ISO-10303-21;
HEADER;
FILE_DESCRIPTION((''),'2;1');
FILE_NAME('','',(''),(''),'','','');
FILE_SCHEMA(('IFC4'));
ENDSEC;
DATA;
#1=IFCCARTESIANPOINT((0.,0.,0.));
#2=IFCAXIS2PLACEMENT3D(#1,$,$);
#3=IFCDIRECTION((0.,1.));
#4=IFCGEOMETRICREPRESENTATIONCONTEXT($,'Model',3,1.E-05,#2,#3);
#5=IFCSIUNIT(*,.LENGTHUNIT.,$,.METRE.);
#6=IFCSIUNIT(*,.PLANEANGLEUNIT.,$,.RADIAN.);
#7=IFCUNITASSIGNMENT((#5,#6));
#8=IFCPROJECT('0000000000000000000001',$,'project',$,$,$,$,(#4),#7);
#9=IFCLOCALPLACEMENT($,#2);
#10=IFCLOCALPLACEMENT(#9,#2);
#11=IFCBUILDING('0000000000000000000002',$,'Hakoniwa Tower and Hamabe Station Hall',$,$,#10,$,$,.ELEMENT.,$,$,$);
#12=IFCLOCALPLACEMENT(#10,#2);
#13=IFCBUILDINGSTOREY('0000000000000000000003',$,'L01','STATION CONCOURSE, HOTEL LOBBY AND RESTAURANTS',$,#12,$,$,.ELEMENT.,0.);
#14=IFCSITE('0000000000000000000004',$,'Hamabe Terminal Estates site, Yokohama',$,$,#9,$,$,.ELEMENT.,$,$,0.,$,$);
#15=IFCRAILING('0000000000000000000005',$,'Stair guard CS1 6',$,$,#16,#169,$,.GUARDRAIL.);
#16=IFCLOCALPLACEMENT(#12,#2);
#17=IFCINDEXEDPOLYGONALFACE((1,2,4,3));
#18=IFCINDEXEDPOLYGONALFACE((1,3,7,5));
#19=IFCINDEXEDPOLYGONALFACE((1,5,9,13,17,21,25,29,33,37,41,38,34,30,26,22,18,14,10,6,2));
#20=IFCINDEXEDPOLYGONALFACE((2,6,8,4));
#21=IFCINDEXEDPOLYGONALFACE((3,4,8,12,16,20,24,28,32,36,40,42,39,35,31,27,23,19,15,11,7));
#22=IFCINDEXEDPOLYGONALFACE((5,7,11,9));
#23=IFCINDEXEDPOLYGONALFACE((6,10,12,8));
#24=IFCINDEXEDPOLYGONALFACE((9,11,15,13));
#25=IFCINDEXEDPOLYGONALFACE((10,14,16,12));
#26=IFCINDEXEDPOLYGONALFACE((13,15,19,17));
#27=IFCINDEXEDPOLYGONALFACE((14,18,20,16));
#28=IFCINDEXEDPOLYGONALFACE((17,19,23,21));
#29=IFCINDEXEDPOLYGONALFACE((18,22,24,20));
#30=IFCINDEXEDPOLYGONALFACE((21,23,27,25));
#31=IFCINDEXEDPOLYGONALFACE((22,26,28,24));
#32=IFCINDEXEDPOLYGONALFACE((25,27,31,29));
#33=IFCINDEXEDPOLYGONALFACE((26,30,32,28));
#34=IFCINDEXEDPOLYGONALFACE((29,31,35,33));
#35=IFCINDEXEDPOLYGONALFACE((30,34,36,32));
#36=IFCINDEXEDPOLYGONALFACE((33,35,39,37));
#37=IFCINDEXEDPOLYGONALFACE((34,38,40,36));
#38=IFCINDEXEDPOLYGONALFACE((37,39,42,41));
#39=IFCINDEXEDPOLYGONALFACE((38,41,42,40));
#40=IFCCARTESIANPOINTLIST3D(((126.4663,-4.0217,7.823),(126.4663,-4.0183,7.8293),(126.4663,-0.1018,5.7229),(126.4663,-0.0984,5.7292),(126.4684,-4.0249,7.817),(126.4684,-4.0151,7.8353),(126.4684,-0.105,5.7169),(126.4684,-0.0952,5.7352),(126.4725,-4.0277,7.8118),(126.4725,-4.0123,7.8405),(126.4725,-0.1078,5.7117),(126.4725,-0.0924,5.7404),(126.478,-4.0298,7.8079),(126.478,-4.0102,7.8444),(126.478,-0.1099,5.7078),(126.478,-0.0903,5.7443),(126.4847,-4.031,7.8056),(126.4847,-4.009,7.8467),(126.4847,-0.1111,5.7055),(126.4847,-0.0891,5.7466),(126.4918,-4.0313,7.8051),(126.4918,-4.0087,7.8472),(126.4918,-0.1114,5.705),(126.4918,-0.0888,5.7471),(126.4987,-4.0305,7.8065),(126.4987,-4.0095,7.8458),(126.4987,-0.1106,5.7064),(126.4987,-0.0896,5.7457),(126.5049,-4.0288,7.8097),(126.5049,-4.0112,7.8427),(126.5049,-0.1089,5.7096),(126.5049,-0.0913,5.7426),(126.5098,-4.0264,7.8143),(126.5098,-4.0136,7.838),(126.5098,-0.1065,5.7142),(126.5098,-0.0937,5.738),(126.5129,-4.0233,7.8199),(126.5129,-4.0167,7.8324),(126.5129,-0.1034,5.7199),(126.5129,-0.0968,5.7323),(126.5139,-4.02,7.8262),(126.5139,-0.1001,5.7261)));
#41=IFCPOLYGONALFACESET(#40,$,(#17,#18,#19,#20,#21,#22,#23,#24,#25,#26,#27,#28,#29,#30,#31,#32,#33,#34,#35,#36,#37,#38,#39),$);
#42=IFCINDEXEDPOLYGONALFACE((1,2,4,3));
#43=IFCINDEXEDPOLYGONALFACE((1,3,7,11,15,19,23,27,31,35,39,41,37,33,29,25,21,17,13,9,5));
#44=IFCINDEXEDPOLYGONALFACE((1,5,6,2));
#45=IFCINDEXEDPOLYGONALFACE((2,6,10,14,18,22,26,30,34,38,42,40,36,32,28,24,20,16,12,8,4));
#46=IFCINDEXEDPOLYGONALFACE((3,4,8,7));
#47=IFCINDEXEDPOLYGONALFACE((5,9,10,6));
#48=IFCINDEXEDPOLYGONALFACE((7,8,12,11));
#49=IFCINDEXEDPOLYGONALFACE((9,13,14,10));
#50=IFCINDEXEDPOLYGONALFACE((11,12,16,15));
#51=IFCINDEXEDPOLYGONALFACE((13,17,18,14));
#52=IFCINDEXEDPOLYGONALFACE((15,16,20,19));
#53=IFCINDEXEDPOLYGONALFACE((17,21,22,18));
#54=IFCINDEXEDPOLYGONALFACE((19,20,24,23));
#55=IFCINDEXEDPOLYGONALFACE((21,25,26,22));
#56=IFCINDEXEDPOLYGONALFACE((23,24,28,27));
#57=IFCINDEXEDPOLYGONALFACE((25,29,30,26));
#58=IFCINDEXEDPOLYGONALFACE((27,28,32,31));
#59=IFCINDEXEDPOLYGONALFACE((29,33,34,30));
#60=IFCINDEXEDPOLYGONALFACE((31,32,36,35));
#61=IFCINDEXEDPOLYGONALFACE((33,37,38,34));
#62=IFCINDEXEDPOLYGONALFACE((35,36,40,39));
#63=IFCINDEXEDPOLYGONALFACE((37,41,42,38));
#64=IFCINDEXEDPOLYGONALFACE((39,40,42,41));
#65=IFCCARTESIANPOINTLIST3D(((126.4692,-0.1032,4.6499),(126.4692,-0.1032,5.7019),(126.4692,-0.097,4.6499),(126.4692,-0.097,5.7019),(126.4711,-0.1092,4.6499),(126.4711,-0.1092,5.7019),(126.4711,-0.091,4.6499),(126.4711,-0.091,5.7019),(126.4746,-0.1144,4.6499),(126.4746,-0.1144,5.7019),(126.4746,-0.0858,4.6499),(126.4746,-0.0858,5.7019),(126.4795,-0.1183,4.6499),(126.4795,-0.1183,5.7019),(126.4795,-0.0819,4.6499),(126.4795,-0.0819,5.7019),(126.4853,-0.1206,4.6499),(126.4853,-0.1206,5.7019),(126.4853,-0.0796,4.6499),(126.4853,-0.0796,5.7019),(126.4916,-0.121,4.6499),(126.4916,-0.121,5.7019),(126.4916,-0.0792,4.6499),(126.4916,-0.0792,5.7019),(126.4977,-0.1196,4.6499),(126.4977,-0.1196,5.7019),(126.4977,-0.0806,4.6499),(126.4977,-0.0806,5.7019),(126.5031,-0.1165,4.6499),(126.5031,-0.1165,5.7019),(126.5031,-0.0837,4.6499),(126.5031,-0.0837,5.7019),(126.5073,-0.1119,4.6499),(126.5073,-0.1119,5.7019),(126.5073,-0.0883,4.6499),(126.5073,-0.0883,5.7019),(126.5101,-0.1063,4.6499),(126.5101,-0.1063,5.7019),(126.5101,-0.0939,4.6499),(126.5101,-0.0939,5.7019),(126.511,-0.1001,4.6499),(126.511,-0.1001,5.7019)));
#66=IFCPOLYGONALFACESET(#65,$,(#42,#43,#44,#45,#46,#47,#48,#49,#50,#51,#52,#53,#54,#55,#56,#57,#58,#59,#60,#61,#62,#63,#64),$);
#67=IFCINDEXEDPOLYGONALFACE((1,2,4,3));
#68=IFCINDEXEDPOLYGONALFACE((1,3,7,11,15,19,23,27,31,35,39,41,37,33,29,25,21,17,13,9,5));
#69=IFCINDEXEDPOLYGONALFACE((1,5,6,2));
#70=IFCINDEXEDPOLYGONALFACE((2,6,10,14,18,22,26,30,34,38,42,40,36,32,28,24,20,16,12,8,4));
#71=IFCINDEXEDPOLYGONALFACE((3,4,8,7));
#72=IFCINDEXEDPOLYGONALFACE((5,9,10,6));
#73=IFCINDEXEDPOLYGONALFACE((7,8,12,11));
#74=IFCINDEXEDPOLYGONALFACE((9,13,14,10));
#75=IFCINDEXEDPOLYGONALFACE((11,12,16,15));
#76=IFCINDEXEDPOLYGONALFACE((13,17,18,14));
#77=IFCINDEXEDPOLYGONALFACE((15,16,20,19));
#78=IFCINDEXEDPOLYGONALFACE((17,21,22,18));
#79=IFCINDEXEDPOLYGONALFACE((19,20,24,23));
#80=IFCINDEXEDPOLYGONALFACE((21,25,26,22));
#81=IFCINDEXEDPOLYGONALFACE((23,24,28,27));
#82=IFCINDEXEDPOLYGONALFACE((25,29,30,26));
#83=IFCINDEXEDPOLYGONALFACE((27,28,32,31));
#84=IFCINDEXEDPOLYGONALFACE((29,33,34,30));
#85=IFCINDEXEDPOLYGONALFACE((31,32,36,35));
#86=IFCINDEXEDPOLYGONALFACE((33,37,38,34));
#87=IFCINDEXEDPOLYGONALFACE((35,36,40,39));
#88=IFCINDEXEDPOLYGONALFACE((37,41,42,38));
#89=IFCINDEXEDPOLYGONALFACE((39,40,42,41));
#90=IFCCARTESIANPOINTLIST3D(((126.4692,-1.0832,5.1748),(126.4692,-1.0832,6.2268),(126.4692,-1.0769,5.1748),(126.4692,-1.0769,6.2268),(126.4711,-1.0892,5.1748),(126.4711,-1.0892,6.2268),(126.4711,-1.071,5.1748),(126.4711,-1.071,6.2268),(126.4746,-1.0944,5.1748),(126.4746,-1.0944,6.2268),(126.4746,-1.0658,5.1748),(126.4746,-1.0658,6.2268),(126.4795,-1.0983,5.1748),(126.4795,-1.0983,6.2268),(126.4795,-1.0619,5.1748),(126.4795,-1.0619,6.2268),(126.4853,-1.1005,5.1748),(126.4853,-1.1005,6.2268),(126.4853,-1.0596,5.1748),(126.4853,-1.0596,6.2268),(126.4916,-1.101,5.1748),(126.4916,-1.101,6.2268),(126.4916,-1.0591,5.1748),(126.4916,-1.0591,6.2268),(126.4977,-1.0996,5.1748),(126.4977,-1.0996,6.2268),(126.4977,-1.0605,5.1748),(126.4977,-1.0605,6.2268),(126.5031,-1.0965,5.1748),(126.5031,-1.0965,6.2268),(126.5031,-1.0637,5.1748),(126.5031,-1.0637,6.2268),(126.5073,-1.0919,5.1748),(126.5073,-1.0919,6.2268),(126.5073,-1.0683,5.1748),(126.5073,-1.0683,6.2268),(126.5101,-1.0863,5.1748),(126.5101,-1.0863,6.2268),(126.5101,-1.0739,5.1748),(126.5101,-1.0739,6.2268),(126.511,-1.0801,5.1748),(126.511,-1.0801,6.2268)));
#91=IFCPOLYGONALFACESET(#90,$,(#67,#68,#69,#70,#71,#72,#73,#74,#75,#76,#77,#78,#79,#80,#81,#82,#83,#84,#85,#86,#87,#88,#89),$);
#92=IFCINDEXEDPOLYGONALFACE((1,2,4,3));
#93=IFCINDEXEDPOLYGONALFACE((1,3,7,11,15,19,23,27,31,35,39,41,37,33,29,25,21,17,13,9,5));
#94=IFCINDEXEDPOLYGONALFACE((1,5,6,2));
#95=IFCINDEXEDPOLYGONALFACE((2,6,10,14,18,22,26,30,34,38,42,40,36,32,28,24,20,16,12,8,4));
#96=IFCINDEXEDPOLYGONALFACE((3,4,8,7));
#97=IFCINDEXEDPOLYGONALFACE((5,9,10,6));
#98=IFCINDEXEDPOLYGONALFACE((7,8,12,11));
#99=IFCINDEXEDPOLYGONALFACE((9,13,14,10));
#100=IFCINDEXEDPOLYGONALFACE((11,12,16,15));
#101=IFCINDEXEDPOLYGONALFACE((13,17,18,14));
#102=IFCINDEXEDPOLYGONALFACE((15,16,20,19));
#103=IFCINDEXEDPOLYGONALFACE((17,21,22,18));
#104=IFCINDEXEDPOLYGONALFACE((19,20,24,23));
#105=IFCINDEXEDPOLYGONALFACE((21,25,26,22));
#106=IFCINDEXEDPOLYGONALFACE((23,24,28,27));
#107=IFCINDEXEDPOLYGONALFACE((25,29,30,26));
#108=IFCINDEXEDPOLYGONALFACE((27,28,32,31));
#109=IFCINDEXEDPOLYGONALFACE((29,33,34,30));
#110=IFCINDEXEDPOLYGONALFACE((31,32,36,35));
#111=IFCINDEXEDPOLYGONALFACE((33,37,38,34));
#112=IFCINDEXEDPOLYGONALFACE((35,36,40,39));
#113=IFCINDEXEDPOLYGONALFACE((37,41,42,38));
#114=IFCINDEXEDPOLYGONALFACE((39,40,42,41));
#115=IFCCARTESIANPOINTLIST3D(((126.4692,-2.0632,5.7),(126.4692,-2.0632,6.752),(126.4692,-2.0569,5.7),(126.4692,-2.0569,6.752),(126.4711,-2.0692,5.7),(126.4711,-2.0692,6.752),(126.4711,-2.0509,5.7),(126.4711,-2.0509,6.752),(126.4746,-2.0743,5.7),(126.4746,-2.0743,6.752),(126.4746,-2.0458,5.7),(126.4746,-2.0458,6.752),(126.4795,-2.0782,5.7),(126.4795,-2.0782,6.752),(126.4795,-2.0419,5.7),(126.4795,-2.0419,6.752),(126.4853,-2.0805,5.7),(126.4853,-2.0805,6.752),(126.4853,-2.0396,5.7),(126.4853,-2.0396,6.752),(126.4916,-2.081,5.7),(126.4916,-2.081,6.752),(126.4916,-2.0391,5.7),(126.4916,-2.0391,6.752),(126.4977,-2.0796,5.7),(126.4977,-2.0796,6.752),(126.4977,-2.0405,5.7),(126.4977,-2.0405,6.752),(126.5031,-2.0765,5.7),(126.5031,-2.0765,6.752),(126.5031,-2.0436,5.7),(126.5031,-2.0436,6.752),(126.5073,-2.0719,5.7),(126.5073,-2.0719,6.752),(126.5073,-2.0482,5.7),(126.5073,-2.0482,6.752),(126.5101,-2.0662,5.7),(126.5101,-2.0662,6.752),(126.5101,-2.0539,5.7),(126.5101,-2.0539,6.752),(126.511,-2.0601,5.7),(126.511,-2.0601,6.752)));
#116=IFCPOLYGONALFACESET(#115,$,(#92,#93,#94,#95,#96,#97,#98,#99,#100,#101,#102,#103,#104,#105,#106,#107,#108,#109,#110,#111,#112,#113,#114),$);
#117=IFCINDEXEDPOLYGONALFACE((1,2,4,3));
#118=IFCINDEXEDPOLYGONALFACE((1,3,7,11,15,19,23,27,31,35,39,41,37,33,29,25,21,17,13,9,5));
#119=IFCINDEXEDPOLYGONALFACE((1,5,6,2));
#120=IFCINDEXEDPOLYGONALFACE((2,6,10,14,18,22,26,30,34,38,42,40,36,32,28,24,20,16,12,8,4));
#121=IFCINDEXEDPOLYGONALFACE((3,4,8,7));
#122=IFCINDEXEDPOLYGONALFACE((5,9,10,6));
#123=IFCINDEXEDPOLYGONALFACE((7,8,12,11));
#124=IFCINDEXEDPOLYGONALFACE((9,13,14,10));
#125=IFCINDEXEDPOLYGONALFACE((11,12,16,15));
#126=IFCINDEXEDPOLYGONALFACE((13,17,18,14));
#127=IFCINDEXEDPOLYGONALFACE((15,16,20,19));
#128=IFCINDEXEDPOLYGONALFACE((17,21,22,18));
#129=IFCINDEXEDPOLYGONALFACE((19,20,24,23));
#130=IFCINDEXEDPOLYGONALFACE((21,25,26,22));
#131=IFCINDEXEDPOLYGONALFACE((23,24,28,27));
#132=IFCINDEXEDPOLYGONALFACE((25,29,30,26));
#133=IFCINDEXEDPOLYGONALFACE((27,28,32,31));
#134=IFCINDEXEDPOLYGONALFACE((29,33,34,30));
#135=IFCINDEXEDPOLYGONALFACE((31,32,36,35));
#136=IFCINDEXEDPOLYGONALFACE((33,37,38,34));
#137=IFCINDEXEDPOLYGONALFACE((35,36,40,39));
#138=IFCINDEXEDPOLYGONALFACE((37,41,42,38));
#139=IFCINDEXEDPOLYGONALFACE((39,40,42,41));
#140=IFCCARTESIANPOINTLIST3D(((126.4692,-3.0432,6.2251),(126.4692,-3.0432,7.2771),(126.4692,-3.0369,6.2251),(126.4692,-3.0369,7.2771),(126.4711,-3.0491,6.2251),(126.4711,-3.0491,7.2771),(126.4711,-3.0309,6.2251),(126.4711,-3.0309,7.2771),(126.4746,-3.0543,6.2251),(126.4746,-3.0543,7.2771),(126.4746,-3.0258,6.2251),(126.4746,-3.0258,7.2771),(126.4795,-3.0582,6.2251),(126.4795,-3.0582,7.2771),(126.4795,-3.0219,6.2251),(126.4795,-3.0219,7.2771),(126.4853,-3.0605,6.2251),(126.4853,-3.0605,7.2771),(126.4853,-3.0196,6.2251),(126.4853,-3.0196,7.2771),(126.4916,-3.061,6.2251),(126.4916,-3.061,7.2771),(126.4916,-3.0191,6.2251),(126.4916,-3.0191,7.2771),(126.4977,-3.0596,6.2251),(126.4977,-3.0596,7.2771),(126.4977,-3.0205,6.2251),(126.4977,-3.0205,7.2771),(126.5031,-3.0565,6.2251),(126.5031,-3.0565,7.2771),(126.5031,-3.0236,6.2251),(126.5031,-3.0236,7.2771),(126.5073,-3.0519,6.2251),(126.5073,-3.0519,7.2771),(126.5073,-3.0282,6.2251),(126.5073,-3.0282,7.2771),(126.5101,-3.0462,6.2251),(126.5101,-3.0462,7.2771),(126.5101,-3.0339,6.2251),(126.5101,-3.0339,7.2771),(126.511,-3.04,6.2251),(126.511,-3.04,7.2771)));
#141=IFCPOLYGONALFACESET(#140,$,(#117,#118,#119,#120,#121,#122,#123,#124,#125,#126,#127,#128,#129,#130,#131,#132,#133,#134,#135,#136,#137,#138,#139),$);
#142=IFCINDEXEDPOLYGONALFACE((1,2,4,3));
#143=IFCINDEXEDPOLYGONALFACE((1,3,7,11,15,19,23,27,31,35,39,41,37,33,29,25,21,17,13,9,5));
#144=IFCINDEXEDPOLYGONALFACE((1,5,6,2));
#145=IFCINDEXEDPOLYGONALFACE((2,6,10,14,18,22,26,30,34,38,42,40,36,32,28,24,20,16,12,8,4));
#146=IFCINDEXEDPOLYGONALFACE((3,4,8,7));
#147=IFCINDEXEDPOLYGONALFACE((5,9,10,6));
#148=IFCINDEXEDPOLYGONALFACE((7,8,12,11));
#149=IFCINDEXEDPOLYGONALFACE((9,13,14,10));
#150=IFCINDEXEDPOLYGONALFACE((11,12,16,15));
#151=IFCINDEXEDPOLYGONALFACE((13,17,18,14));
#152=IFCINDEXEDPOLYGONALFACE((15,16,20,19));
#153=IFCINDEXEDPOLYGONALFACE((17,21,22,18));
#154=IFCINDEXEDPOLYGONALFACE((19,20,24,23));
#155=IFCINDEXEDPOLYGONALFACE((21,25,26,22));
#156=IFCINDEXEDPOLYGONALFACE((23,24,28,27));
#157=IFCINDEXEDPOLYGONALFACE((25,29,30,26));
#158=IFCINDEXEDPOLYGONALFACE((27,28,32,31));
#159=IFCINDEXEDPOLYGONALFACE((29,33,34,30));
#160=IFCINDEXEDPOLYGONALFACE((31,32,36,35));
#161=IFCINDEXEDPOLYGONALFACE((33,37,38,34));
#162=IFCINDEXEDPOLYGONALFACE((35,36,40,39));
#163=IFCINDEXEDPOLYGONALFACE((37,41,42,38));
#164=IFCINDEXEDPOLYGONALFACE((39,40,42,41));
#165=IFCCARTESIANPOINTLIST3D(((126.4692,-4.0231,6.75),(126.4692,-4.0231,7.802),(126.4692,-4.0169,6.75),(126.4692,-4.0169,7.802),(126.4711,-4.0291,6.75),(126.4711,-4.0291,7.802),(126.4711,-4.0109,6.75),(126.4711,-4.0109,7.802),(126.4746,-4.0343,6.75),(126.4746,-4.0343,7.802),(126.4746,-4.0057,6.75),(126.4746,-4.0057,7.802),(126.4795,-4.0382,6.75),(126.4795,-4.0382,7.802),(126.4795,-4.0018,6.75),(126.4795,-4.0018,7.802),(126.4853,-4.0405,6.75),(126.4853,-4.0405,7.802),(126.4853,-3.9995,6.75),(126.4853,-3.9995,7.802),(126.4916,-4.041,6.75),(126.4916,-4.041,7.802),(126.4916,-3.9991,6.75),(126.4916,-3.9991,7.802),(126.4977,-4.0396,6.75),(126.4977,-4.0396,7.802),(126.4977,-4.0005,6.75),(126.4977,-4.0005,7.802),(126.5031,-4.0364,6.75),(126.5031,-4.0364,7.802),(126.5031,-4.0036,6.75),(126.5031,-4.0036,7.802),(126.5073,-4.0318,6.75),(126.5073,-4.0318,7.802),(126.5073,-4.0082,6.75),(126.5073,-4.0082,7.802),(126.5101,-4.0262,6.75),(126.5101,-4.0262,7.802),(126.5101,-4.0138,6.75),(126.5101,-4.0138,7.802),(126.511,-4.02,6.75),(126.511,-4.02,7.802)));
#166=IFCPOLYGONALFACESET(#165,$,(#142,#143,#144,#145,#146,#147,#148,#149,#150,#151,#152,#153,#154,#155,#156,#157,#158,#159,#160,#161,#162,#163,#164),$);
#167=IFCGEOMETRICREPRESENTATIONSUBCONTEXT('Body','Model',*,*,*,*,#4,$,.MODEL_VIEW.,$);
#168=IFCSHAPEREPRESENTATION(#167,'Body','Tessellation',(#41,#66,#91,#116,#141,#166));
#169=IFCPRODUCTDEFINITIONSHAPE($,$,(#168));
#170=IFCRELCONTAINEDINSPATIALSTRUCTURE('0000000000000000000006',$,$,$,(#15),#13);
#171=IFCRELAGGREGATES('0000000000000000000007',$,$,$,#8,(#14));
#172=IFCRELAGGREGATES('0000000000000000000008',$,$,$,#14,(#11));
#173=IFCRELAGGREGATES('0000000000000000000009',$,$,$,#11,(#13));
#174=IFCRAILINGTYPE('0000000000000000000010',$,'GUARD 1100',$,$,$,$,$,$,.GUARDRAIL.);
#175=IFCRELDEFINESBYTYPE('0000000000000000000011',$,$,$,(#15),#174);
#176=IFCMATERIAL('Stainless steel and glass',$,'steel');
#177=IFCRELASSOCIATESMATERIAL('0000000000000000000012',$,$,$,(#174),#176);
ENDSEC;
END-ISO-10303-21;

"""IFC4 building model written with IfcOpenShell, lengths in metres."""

from ifc_helpers import new_model, si_unit, direction, frame, origin, origin_2d, place, context, subcontext, project, spatial, circle, extrude, material, type_object, element, save


model = new_model("IFC4")

# Units and contexts
model_context = context("Model", 3, precision=1e-05, world=origin(), true_north=direction((0.0, 1.0)))
body_context = subcontext(model_context, "Body", "Model", "MODEL_VIEW")
ifc_project = project(units=[si_unit("LENGTHUNIT", "METRE"), si_unit("PLANEANGLEUNIT", "RADIAN")], contexts=[model_context])

# Site, building, storey
site_placement = place(None, origin())
site = spatial("IfcSite", under=ifc_project, at=site_placement, Name="Hamabe Terminal Estates site, Yokohama", CompositionType="ELEMENT", RefElevation=0.0)
building_placement = place(site_placement, origin())
building = spatial("IfcBuilding", under=site, at=building_placement, Name="Hakoniwa Tower and Hamabe Station Hall", CompositionType="ELEMENT")
storey_placement = place(building_placement, origin())
storey = spatial("IfcBuildingStorey", under=building, at=storey_placement, Name="L01", Description="STATION CONCOURSE, HOTEL LOBBY AND RESTAURANTS", CompositionType="ELEMENT", Elevation=0.0)

# Railing
ifc_material_1 = material(Name="Stainless steel and glass", Category="steel")
railing_type_1 = type_object("IfcRailingType", Name="GUARD 1100", PredefinedType="GUARDRAIL", material=ifc_material_1)
for number, where, name in (
    (1, (126.49, -0.1001, 4.6499), "Stair guard CS1 6"),
):
    element("IfcRailing", number, at=place(storey_placement, frame(where)), inside=storey, type_object=railing_type_1, Name=name, PredefinedType="GUARDRAIL", context=body_context, shape_type="SweptSolid", body=[
        extrude(circle(Radius=0.0239, at=origin_2d()), frame((0.0, 0.0, 1.0762), z_axis=(0.0, -0.881467, 0.472246), x_axis=(1.0, 0.0, 0.0)), (0.0, 0.0, 1.0), 4.447),
        extrude(circle(Radius=0.021, at=origin_2d()), origin(), (0.0, 0.0, 1.0), 1.052),
        extrude(circle(Radius=0.021, at=origin_2d()), frame((0.0, -0.98, 0.5249)), (0.0, 0.0, 1.0), 1.052),
        extrude(circle(Radius=0.021, at=origin_2d()), frame((0.0, -1.96, 1.05)), (0.0, 0.0, 1.0), 1.052),
        extrude(circle(Radius=0.021, at=origin_2d()), frame((0.0, -2.9399, 1.5752)), (0.0, 0.0, 1.0), 1.052),
        extrude(circle(Radius=0.021, at=origin_2d()), frame((0.0, -3.9199, 2.1001)), (0.0, 0.0, 1.0), 1.052),
    ])

save(model, "model.ifc")
